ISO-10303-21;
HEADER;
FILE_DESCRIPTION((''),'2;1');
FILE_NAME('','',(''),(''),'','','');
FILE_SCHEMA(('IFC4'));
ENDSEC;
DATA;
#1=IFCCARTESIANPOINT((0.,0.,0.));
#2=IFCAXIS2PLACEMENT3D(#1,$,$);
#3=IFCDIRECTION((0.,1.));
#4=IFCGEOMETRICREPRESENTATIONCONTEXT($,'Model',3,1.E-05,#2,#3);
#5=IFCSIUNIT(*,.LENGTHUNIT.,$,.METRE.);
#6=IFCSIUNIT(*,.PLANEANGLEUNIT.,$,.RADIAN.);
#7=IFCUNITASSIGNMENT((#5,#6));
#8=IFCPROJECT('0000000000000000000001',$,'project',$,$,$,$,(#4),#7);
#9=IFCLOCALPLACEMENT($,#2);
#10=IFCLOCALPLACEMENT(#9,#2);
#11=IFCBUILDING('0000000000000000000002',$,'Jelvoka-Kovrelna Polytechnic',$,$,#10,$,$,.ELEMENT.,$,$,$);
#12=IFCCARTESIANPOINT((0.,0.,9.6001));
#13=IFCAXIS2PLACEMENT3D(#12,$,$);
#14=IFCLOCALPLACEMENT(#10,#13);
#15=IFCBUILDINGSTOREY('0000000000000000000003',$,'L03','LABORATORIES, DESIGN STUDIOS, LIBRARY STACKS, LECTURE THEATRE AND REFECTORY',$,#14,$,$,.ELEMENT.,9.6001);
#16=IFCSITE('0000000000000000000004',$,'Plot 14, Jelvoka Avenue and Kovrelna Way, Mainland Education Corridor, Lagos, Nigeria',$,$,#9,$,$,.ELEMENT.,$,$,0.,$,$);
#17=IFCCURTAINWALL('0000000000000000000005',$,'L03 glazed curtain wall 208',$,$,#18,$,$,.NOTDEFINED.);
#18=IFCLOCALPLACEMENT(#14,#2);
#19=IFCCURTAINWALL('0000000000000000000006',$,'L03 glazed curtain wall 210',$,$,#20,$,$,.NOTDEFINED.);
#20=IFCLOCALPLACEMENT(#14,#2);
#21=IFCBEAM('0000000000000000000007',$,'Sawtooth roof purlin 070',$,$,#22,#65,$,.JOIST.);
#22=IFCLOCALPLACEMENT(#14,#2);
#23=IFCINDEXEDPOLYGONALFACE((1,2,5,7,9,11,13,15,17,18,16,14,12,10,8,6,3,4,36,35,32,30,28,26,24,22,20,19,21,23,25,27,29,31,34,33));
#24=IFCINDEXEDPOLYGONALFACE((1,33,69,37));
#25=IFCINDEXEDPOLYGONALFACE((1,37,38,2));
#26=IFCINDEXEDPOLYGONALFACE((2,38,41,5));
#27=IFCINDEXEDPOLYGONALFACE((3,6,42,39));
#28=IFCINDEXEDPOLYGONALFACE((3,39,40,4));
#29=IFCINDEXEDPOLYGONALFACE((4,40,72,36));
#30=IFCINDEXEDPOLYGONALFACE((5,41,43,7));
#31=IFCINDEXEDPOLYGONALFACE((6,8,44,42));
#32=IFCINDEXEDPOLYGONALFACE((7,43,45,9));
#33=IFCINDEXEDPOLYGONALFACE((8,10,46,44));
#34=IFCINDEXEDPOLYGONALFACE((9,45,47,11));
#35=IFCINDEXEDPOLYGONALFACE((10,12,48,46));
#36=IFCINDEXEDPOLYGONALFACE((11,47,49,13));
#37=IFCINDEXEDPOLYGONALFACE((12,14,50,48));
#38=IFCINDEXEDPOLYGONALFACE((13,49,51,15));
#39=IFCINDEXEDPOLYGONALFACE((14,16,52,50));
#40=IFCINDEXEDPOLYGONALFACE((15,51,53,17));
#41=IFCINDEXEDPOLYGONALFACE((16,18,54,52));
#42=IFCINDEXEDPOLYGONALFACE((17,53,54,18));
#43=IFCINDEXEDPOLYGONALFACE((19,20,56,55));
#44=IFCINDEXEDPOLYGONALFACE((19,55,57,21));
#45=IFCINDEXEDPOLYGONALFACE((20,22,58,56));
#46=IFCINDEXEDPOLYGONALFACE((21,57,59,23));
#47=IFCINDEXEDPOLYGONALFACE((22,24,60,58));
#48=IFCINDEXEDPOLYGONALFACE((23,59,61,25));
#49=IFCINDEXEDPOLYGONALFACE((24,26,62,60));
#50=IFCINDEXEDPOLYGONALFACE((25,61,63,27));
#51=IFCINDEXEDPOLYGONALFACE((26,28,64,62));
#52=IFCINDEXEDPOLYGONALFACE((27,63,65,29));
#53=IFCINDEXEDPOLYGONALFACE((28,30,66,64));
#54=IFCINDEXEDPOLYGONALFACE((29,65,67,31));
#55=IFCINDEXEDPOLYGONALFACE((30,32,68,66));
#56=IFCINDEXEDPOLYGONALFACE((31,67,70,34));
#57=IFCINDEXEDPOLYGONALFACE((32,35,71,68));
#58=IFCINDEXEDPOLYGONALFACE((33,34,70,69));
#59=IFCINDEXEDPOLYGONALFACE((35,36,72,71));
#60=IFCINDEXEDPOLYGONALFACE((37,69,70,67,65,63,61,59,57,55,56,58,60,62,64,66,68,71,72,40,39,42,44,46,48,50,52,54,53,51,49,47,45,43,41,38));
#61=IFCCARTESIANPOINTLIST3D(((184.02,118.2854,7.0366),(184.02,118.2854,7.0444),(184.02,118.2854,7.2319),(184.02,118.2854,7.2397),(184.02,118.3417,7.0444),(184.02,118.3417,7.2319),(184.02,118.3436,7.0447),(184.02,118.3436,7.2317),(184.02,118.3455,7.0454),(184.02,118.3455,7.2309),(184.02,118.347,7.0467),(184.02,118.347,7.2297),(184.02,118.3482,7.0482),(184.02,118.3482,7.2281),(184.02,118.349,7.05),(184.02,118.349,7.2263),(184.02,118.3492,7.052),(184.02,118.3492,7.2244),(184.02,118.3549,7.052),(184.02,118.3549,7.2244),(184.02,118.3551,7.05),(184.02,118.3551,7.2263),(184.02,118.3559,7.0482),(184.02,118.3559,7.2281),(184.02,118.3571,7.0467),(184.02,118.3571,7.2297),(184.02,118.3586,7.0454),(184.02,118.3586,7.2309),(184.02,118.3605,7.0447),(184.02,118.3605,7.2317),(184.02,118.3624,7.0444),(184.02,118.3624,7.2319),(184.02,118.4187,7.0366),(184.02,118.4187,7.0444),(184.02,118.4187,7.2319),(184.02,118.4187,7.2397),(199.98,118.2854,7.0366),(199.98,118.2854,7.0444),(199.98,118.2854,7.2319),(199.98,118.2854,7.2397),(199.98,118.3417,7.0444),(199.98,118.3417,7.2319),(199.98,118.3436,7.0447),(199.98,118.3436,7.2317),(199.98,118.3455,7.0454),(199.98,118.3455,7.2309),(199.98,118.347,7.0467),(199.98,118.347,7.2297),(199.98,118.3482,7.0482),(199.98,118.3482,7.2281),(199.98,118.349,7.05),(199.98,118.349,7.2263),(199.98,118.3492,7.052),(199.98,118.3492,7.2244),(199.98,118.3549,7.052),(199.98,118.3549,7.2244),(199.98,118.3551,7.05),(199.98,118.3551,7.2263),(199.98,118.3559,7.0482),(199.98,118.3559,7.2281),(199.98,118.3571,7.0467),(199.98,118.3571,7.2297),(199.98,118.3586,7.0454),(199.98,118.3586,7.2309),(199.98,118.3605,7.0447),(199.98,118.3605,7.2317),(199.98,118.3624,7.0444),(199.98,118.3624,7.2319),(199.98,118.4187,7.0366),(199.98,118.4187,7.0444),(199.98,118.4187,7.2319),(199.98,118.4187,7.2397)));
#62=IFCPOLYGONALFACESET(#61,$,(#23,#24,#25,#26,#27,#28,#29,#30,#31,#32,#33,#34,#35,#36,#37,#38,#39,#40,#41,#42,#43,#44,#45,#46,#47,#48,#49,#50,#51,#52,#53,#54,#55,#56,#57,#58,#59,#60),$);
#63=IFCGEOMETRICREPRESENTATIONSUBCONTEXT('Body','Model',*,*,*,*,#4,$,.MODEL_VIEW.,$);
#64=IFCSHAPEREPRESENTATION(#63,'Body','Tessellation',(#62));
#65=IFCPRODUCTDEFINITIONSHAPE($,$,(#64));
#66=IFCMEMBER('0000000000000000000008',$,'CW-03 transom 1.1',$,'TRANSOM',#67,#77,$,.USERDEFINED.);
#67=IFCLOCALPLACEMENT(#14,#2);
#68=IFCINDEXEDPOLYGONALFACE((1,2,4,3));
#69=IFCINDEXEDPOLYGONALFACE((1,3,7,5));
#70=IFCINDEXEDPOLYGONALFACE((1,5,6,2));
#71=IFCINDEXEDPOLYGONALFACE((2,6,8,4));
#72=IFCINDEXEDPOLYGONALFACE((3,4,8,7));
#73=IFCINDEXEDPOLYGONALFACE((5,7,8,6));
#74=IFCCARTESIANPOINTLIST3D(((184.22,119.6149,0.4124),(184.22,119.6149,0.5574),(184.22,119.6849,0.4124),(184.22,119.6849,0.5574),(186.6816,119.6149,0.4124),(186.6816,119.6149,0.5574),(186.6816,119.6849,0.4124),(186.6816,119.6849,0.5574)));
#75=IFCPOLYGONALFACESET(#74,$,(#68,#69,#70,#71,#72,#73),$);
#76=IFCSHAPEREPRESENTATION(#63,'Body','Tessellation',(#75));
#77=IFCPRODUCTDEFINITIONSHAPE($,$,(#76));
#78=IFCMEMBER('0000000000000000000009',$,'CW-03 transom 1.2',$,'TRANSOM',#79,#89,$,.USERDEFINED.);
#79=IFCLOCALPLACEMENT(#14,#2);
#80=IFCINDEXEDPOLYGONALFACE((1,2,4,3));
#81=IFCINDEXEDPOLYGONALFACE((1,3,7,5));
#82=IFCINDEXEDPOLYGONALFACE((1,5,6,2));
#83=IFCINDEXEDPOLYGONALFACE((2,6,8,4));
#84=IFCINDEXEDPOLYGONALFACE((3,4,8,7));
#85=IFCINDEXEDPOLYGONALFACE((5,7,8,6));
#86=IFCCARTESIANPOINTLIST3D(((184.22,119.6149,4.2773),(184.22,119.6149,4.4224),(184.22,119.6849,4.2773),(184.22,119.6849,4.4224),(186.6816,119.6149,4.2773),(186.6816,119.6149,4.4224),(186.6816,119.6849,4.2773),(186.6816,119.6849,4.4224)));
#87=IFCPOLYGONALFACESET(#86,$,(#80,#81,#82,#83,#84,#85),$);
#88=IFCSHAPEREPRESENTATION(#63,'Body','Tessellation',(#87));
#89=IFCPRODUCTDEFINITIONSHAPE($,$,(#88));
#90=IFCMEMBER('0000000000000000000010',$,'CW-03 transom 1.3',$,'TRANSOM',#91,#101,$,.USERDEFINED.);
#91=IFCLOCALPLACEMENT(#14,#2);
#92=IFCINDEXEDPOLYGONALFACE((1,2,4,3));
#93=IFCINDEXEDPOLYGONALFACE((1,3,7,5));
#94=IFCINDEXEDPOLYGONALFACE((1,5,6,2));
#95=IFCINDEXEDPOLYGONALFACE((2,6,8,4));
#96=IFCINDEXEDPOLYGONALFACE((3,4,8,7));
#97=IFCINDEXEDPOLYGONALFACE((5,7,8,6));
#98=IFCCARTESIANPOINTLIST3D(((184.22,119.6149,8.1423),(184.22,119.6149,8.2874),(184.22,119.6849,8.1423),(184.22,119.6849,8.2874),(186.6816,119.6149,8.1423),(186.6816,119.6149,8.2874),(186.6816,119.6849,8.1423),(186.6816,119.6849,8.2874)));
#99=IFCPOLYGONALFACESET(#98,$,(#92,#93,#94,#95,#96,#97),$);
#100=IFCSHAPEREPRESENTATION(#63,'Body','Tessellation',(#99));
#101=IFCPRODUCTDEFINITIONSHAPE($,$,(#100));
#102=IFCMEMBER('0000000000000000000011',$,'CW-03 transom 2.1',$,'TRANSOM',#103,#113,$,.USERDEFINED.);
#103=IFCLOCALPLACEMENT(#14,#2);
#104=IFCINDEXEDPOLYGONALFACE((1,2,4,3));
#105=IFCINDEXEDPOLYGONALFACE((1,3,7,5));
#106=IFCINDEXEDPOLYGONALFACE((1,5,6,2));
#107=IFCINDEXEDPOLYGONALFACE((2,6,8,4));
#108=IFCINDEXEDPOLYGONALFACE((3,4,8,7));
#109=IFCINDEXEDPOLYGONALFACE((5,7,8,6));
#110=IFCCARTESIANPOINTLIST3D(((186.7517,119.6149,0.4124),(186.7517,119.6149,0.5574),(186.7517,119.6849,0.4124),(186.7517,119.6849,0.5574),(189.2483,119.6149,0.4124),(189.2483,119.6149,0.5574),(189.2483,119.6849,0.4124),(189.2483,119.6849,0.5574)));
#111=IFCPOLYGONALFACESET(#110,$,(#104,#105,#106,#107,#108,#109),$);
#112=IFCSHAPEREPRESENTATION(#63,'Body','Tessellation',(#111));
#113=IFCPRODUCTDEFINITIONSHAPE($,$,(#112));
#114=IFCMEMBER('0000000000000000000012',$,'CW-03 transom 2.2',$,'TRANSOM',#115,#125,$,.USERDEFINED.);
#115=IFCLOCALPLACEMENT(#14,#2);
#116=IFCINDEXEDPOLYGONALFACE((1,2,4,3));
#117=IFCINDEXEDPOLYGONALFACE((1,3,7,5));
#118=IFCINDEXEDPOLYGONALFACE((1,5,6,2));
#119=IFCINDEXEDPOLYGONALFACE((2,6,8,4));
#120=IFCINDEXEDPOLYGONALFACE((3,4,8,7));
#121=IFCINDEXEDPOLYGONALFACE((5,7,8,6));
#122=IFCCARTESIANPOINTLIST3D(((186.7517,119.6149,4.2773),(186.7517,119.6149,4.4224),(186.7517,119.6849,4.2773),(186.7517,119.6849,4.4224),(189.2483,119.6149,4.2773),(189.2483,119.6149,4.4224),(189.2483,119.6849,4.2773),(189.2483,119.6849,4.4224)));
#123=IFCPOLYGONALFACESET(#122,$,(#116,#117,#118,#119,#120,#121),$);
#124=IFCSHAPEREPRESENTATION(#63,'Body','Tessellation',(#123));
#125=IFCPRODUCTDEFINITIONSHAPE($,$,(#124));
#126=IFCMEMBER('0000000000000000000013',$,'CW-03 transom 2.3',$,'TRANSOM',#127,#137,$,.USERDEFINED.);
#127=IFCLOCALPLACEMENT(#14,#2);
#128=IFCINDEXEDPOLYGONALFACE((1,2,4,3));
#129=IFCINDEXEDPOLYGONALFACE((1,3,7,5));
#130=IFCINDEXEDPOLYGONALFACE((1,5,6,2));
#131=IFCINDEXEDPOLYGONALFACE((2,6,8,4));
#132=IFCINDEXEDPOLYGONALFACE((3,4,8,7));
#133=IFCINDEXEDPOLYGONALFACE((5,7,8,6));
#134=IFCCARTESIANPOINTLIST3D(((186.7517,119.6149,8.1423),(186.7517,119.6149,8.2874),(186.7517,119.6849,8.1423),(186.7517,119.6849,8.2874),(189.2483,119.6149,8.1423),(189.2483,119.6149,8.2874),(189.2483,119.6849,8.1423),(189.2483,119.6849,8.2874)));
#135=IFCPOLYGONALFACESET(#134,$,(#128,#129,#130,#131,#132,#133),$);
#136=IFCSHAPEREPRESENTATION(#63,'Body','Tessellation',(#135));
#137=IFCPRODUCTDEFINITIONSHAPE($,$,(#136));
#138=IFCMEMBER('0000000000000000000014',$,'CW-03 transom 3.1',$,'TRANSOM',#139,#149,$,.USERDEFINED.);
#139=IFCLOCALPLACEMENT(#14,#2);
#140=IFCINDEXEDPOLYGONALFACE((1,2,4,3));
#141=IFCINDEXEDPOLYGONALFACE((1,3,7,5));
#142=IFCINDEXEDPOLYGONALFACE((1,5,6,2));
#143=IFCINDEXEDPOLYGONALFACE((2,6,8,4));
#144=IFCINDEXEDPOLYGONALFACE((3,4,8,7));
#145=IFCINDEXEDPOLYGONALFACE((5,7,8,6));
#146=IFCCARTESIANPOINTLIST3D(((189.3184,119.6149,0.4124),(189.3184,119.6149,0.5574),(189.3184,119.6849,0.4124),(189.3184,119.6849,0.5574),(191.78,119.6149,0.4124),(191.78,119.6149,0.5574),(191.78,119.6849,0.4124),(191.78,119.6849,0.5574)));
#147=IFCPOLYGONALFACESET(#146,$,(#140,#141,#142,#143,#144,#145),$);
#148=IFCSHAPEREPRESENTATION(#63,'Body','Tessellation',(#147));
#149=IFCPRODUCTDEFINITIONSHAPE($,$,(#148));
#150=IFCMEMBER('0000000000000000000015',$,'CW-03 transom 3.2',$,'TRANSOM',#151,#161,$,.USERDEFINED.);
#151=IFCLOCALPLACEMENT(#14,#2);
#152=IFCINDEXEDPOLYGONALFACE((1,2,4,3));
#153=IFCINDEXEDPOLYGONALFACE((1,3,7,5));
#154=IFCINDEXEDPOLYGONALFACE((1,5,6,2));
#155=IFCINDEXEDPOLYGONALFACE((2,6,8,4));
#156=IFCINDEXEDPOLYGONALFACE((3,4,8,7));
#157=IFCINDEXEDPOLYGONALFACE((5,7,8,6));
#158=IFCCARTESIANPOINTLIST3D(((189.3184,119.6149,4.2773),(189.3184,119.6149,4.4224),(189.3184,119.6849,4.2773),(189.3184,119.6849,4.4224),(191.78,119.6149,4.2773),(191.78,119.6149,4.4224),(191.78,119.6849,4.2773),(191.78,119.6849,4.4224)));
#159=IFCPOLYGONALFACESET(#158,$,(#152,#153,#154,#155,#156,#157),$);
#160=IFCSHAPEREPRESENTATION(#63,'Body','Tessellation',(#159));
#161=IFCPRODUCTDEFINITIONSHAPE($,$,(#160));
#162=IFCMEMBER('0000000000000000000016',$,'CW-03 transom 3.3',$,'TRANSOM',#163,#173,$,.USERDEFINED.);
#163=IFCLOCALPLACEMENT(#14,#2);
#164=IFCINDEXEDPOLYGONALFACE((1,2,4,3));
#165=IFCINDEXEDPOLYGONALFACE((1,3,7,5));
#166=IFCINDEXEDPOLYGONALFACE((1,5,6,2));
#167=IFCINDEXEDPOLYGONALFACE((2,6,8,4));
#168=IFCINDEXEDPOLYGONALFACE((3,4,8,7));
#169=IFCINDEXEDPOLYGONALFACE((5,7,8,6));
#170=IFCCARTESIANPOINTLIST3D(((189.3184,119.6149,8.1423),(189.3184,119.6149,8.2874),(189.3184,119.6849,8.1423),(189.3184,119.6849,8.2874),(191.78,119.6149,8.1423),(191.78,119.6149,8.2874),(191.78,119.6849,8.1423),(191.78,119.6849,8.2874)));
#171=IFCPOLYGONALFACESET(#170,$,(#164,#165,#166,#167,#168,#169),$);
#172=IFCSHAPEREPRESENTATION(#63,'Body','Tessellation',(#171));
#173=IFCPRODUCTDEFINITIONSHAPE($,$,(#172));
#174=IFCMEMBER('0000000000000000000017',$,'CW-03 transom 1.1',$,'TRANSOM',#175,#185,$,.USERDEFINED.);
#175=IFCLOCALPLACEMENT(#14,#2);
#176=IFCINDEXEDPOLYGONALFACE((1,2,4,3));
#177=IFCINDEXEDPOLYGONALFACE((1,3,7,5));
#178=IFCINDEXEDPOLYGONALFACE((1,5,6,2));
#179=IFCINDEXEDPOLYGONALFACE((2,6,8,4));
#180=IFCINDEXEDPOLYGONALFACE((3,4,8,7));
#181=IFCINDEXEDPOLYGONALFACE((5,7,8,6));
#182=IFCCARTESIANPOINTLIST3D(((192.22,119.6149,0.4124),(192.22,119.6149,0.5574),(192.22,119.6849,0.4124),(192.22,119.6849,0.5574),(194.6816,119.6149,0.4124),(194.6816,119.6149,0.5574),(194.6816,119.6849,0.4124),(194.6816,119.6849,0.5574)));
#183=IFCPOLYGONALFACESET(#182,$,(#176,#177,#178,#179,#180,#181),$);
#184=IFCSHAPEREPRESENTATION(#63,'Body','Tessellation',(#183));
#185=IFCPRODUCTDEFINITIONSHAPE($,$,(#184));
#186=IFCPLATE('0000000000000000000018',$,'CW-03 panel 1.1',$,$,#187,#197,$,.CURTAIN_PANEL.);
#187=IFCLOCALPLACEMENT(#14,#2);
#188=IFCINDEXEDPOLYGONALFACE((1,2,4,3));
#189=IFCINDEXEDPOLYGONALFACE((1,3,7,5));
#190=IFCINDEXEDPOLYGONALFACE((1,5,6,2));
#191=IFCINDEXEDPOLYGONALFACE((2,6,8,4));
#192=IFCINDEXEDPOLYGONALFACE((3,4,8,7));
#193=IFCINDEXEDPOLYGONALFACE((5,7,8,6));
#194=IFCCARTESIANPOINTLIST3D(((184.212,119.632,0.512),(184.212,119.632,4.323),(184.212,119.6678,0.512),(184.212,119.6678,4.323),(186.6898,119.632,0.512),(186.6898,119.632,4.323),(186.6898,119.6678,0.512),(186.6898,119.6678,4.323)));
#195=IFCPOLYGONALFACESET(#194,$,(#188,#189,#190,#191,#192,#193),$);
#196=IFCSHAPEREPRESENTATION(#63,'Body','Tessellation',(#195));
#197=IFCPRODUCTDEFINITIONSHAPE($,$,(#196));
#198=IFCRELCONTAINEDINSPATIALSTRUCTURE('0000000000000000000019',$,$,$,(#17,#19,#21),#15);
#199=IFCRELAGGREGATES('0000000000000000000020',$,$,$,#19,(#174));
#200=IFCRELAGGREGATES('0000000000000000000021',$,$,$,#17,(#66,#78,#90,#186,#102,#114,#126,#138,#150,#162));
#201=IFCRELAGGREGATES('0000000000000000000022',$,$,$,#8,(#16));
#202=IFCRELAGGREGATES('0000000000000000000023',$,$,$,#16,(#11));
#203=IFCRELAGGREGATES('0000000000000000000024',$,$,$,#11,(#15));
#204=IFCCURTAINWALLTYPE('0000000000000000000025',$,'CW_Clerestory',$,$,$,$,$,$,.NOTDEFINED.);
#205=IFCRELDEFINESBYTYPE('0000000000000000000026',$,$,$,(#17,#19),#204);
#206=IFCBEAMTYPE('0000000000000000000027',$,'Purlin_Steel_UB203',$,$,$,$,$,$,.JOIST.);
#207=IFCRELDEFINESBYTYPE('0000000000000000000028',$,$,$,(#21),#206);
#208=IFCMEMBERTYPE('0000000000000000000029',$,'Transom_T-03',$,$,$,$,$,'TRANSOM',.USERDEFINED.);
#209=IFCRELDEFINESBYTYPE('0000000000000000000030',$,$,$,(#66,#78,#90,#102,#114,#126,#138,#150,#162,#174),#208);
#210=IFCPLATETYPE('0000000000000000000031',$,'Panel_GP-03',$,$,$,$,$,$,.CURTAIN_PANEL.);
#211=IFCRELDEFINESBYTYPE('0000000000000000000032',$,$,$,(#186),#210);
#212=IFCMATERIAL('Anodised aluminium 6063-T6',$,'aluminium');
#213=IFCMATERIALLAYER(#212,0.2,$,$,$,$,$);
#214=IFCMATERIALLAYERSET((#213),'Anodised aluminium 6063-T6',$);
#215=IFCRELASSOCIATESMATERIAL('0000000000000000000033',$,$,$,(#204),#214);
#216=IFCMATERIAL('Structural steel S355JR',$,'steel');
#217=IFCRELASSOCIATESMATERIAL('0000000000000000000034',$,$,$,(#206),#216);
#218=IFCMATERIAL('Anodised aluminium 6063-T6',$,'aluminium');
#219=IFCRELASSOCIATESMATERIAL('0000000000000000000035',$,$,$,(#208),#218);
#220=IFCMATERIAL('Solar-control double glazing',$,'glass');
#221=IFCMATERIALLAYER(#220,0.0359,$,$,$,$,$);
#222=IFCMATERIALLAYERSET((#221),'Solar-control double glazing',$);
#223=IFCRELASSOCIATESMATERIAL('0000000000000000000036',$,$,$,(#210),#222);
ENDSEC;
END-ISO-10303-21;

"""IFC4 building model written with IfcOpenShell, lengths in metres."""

from ifc_helpers import new_model, si_unit, direction, frame, origin, origin_2d, place, context, subcontext, project, spatial, rectangle, i_section, extrude, material, layer, layer_set, material_profile, profile_set, type_object, element, aggregate, save


model = new_model("IFC4")

# Units and contexts
model_context = context("Model", 3, precision=1e-05, world=origin(), true_north=direction((0.0, 1.0)))
body_context = subcontext(model_context, "Body", "Model", "MODEL_VIEW")
ifc_project = project(units=[si_unit("LENGTHUNIT", "METRE"), si_unit("PLANEANGLEUNIT", "RADIAN")], contexts=[model_context])

# Site, building, storey
site_placement = place(None, origin())
site = spatial("IfcSite", under=ifc_project, at=site_placement, Name="Plot 14, Jelvoka Avenue and Kovrelna Way, Mainland Education Corridor, Lagos, Nigeria", CompositionType="ELEMENT", RefElevation=0.0)
building_placement = place(site_placement, origin())
building = spatial("IfcBuilding", under=site, at=building_placement, Name="Jelvoka-Kovrelna Polytechnic", CompositionType="ELEMENT")
storey_placement = place(building_placement, frame((0.0, 0.0, 9.6001)))
storey = spatial("IfcBuildingStorey", under=building, at=storey_placement, Name="L03", Description="LABORATORIES, DESIGN STUDIOS, LIBRARY STACKS, LECTURE THEATRE AND REFECTORY", CompositionType="ELEMENT", Elevation=9.6001)

# Curtain wall
ifc_material_1 = material(Name="Anodised aluminium 6063-T6", Category="aluminium")
ifc_layer_1 = layer(ifc_material_1, 0.2)
ifc_layer_set_1 = layer_set([ifc_layer_1], Name="Anodised aluminium 6063-T6")
curtain_wall_type = type_object("IfcCurtainWallType", Name="CW_Clerestory", PredefinedType="NOTDEFINED", material=ifc_layer_set_1)
curtain_wall_1_placement = place(storey_placement, origin())
curtain_wall_1 = element("IfcCurtainWall", 1, at=curtain_wall_1_placement, inside=storey, type_object=curtain_wall_type, Name="L03 glazed curtain wall 208", PredefinedType="NOTDEFINED")

# Curtain wall
curtain_wall_2_placement = place(storey_placement, origin())
curtain_wall_2 = element("IfcCurtainWall", 2, at=curtain_wall_2_placement, inside=storey, type_object=curtain_wall_type, Name="L03 glazed curtain wall 210", PredefinedType="NOTDEFINED")

# Beam
ifc_material_2 = material(Name="Structural steel S355JR", Category="steel")
ifc_material_profile_1 = material_profile(ifc_material_2, i_section(OverallWidth=0.1333, OverallDepth=0.2031, WebThickness=0.0056, FlangeThickness=0.0078, FilletRadius=0.0076, at=origin_2d()), Name="203x133x25 UB")
ifc_profile_set_1 = profile_set([ifc_material_profile_1], Name="Structural steel S355JR")
beam_type_1 = type_object("IfcBeamType", Name="Purlin_Steel_UB203", PredefinedType="JOIST", material=ifc_profile_set_1)
beam_placement = place(storey_placement, frame((184.02, 118.3521, 7.1382), z_axis=(1.0, 0.0, 0.0), x_axis=(0.0, 1.0, 0.0)))
element("IfcBeam", 3, at=beam_placement, inside=storey, type_object=beam_type_1, Name="Sawtooth roof purlin 070", PredefinedType="JOIST", context=body_context, shape_type="SweptSolid", body=[
    extrude(i_section(OverallWidth=0.1333, OverallDepth=0.2031, WebThickness=0.0056, FlangeThickness=0.0078, FilletRadius=0.0076, at=origin_2d()), origin(), (0.0, 0.0, 1.0), 15.96),
])

# Members
ifc_material_3 = material(Name="Anodised aluminium 6063-T6", Category="aluminium")
ifc_material_profile_2 = material_profile(ifc_material_3, rectangle(XDim=0.0701, YDim=0.145, at=origin_2d()), Name="ALU 70x145")
ifc_profile_set_2 = profile_set([ifc_material_profile_2], Name="Anodised aluminium 6063-T6")
member_type_1 = type_object("IfcMemberType", Name="Transom_T-03", ElementType="TRANSOM", PredefinedType="USERDEFINED", material=ifc_profile_set_2)
member_1_placement = place(storey_placement, frame((184.22, 119.6499, 0.4849), z_axis=(1.0, 0.0, 0.0), x_axis=(0.0, 1.0, 0.0)))
member_1 = element("IfcMember", 4, at=member_1_placement, type_object=member_type_1, Name="CW-03 transom 1.1", ObjectType="TRANSOM", PredefinedType="USERDEFINED", context=body_context, shape_type="SweptSolid", body=[
    extrude(rectangle(XDim=0.0701, YDim=0.145, at=origin_2d()), origin(), (0.0, 0.0, 1.0), 2.4617),
])
member_2_placement = place(storey_placement, frame((184.22, 119.6499, 4.3499), z_axis=(1.0, 0.0, 0.0), x_axis=(0.0, 1.0, 0.0)))
member_2 = element("IfcMember", 5, at=member_2_placement, type_object=member_type_1, Name="CW-03 transom 1.2", ObjectType="TRANSOM", PredefinedType="USERDEFINED", context=body_context, shape_type="SweptSolid", body=[
    extrude(rectangle(XDim=0.0701, YDim=0.145, at=origin_2d()), origin(), (0.0, 0.0, 1.0), 2.4617),
])
member_3_placement = place(storey_placement, frame((184.22, 119.6499, 8.2148), z_axis=(1.0, 0.0, 0.0), x_axis=(0.0, 1.0, 0.0)))
member_3 = element("IfcMember", 6, at=member_3_placement, type_object=member_type_1, Name="CW-03 transom 1.3", ObjectType="TRANSOM", PredefinedType="USERDEFINED", context=body_context, shape_type="SweptSolid", body=[
    extrude(rectangle(XDim=0.0701, YDim=0.145, at=origin_2d()), origin(), (0.0, 0.0, 1.0), 2.4617),
])
member_4_placement = place(storey_placement, frame((186.7517, 119.6499, 0.4849), z_axis=(1.0, 0.0, 0.0), x_axis=(0.0, 1.0, 0.0)))
member_4 = element("IfcMember", 7, at=member_4_placement, type_object=member_type_1, Name="CW-03 transom 2.1", ObjectType="TRANSOM", PredefinedType="USERDEFINED", context=body_context, shape_type="SweptSolid", body=[
    extrude(rectangle(XDim=0.0701, YDim=0.145, at=origin_2d()), origin(), (0.0, 0.0, 1.0), 2.4966),
])
member_5_placement = place(storey_placement, frame((186.7517, 119.6499, 4.3499), z_axis=(1.0, 0.0, 0.0), x_axis=(0.0, 1.0, 0.0)))
member_5 = element("IfcMember", 8, at=member_5_placement, type_object=member_type_1, Name="CW-03 transom 2.2", ObjectType="TRANSOM", PredefinedType="USERDEFINED", context=body_context, shape_type="SweptSolid", body=[
    extrude(rectangle(XDim=0.0701, YDim=0.145, at=origin_2d()), origin(), (0.0, 0.0, 1.0), 2.4966),
])
member_6_placement = place(storey_placement, frame((186.7517, 119.6499, 8.2148), z_axis=(1.0, 0.0, 0.0), x_axis=(0.0, 1.0, 0.0)))
member_6 = element("IfcMember", 9, at=member_6_placement, type_object=member_type_1, Name="CW-03 transom 2.3", ObjectType="TRANSOM", PredefinedType="USERDEFINED", context=body_context, shape_type="SweptSolid", body=[
    extrude(rectangle(XDim=0.0701, YDim=0.145, at=origin_2d()), origin(), (0.0, 0.0, 1.0), 2.4966),
])
member_7_placement = place(storey_placement, frame((189.3184, 119.6499, 0.4849), z_axis=(1.0, 0.0, 0.0), x_axis=(0.0, 1.0, 0.0)))
member_7 = element("IfcMember", 10, at=member_7_placement, type_object=member_type_1, Name="CW-03 transom 3.1", ObjectType="TRANSOM", PredefinedType="USERDEFINED", context=body_context, shape_type="SweptSolid", body=[
    extrude(rectangle(XDim=0.0701, YDim=0.145, at=origin_2d()), origin(), (0.0, 0.0, 1.0), 2.4617),
])
member_8_placement = place(storey_placement, frame((189.3184, 119.6499, 4.3499), z_axis=(1.0, 0.0, 0.0), x_axis=(0.0, 1.0, 0.0)))
member_8 = element("IfcMember", 11, at=member_8_placement, type_object=member_type_1, Name="CW-03 transom 3.2", ObjectType="TRANSOM", PredefinedType="USERDEFINED", context=body_context, shape_type="SweptSolid", body=[
    extrude(rectangle(XDim=0.0701, YDim=0.145, at=origin_2d()), origin(), (0.0, 0.0, 1.0), 2.4617),
])
member_9_placement = place(storey_placement, frame((189.3184, 119.6499, 8.2148), z_axis=(1.0, 0.0, 0.0), x_axis=(0.0, 1.0, 0.0)))
member_9 = element("IfcMember", 12, at=member_9_placement, type_object=member_type_1, Name="CW-03 transom 3.3", ObjectType="TRANSOM", PredefinedType="USERDEFINED", context=body_context, shape_type="SweptSolid", body=[
    extrude(rectangle(XDim=0.0701, YDim=0.145, at=origin_2d()), origin(), (0.0, 0.0, 1.0), 2.4617),
])
member_10_placement = place(storey_placement, frame((192.22, 119.6499, 0.4849), z_axis=(1.0, 0.0, 0.0), x_axis=(0.0, 1.0, 0.0)))
member_10 = element("IfcMember", 13, at=member_10_placement, type_object=member_type_1, Name="CW-03 transom 1.1", ObjectType="TRANSOM", PredefinedType="USERDEFINED", context=body_context, shape_type="SweptSolid", body=[
    extrude(rectangle(XDim=0.0701, YDim=0.145, at=origin_2d()), origin(), (0.0, 0.0, 1.0), 2.4617),
])
aggregate(curtain_wall_2, [member_10])

# Plate
ifc_material_4 = material(Name="Solar-control double glazing", Category="glass")
ifc_layer_2 = layer(ifc_material_4, 0.0359)
ifc_layer_set_2 = layer_set([ifc_layer_2], Name="Solar-control double glazing")
plate_type_1 = type_object("IfcPlateType", Name="Panel_GP-03", PredefinedType="CURTAIN_PANEL", material=ifc_layer_set_2)
plate_1_placement = place(storey_placement, frame((185.4509, 119.6499, 0.512), z_axis=(0.0, 0.0, 1.0), x_axis=(1.0, 0.0, 0.0)))
plate_1 = element("IfcPlate", 14, at=plate_1_placement, type_object=plate_type_1, Name="CW-03 panel 1.1", PredefinedType="CURTAIN_PANEL", context=body_context, shape_type="SweptSolid", body=[
    extrude(rectangle(XDim=2.4778, YDim=0.0359, at=origin_2d()), origin(), (0.0, 0.0, 1.0), 3.811),
])
aggregate(curtain_wall_1, [member_1, member_2, member_3, plate_1, member_4, member_5, member_6, member_7, member_8, member_9])

save(model, "model.ifc")
